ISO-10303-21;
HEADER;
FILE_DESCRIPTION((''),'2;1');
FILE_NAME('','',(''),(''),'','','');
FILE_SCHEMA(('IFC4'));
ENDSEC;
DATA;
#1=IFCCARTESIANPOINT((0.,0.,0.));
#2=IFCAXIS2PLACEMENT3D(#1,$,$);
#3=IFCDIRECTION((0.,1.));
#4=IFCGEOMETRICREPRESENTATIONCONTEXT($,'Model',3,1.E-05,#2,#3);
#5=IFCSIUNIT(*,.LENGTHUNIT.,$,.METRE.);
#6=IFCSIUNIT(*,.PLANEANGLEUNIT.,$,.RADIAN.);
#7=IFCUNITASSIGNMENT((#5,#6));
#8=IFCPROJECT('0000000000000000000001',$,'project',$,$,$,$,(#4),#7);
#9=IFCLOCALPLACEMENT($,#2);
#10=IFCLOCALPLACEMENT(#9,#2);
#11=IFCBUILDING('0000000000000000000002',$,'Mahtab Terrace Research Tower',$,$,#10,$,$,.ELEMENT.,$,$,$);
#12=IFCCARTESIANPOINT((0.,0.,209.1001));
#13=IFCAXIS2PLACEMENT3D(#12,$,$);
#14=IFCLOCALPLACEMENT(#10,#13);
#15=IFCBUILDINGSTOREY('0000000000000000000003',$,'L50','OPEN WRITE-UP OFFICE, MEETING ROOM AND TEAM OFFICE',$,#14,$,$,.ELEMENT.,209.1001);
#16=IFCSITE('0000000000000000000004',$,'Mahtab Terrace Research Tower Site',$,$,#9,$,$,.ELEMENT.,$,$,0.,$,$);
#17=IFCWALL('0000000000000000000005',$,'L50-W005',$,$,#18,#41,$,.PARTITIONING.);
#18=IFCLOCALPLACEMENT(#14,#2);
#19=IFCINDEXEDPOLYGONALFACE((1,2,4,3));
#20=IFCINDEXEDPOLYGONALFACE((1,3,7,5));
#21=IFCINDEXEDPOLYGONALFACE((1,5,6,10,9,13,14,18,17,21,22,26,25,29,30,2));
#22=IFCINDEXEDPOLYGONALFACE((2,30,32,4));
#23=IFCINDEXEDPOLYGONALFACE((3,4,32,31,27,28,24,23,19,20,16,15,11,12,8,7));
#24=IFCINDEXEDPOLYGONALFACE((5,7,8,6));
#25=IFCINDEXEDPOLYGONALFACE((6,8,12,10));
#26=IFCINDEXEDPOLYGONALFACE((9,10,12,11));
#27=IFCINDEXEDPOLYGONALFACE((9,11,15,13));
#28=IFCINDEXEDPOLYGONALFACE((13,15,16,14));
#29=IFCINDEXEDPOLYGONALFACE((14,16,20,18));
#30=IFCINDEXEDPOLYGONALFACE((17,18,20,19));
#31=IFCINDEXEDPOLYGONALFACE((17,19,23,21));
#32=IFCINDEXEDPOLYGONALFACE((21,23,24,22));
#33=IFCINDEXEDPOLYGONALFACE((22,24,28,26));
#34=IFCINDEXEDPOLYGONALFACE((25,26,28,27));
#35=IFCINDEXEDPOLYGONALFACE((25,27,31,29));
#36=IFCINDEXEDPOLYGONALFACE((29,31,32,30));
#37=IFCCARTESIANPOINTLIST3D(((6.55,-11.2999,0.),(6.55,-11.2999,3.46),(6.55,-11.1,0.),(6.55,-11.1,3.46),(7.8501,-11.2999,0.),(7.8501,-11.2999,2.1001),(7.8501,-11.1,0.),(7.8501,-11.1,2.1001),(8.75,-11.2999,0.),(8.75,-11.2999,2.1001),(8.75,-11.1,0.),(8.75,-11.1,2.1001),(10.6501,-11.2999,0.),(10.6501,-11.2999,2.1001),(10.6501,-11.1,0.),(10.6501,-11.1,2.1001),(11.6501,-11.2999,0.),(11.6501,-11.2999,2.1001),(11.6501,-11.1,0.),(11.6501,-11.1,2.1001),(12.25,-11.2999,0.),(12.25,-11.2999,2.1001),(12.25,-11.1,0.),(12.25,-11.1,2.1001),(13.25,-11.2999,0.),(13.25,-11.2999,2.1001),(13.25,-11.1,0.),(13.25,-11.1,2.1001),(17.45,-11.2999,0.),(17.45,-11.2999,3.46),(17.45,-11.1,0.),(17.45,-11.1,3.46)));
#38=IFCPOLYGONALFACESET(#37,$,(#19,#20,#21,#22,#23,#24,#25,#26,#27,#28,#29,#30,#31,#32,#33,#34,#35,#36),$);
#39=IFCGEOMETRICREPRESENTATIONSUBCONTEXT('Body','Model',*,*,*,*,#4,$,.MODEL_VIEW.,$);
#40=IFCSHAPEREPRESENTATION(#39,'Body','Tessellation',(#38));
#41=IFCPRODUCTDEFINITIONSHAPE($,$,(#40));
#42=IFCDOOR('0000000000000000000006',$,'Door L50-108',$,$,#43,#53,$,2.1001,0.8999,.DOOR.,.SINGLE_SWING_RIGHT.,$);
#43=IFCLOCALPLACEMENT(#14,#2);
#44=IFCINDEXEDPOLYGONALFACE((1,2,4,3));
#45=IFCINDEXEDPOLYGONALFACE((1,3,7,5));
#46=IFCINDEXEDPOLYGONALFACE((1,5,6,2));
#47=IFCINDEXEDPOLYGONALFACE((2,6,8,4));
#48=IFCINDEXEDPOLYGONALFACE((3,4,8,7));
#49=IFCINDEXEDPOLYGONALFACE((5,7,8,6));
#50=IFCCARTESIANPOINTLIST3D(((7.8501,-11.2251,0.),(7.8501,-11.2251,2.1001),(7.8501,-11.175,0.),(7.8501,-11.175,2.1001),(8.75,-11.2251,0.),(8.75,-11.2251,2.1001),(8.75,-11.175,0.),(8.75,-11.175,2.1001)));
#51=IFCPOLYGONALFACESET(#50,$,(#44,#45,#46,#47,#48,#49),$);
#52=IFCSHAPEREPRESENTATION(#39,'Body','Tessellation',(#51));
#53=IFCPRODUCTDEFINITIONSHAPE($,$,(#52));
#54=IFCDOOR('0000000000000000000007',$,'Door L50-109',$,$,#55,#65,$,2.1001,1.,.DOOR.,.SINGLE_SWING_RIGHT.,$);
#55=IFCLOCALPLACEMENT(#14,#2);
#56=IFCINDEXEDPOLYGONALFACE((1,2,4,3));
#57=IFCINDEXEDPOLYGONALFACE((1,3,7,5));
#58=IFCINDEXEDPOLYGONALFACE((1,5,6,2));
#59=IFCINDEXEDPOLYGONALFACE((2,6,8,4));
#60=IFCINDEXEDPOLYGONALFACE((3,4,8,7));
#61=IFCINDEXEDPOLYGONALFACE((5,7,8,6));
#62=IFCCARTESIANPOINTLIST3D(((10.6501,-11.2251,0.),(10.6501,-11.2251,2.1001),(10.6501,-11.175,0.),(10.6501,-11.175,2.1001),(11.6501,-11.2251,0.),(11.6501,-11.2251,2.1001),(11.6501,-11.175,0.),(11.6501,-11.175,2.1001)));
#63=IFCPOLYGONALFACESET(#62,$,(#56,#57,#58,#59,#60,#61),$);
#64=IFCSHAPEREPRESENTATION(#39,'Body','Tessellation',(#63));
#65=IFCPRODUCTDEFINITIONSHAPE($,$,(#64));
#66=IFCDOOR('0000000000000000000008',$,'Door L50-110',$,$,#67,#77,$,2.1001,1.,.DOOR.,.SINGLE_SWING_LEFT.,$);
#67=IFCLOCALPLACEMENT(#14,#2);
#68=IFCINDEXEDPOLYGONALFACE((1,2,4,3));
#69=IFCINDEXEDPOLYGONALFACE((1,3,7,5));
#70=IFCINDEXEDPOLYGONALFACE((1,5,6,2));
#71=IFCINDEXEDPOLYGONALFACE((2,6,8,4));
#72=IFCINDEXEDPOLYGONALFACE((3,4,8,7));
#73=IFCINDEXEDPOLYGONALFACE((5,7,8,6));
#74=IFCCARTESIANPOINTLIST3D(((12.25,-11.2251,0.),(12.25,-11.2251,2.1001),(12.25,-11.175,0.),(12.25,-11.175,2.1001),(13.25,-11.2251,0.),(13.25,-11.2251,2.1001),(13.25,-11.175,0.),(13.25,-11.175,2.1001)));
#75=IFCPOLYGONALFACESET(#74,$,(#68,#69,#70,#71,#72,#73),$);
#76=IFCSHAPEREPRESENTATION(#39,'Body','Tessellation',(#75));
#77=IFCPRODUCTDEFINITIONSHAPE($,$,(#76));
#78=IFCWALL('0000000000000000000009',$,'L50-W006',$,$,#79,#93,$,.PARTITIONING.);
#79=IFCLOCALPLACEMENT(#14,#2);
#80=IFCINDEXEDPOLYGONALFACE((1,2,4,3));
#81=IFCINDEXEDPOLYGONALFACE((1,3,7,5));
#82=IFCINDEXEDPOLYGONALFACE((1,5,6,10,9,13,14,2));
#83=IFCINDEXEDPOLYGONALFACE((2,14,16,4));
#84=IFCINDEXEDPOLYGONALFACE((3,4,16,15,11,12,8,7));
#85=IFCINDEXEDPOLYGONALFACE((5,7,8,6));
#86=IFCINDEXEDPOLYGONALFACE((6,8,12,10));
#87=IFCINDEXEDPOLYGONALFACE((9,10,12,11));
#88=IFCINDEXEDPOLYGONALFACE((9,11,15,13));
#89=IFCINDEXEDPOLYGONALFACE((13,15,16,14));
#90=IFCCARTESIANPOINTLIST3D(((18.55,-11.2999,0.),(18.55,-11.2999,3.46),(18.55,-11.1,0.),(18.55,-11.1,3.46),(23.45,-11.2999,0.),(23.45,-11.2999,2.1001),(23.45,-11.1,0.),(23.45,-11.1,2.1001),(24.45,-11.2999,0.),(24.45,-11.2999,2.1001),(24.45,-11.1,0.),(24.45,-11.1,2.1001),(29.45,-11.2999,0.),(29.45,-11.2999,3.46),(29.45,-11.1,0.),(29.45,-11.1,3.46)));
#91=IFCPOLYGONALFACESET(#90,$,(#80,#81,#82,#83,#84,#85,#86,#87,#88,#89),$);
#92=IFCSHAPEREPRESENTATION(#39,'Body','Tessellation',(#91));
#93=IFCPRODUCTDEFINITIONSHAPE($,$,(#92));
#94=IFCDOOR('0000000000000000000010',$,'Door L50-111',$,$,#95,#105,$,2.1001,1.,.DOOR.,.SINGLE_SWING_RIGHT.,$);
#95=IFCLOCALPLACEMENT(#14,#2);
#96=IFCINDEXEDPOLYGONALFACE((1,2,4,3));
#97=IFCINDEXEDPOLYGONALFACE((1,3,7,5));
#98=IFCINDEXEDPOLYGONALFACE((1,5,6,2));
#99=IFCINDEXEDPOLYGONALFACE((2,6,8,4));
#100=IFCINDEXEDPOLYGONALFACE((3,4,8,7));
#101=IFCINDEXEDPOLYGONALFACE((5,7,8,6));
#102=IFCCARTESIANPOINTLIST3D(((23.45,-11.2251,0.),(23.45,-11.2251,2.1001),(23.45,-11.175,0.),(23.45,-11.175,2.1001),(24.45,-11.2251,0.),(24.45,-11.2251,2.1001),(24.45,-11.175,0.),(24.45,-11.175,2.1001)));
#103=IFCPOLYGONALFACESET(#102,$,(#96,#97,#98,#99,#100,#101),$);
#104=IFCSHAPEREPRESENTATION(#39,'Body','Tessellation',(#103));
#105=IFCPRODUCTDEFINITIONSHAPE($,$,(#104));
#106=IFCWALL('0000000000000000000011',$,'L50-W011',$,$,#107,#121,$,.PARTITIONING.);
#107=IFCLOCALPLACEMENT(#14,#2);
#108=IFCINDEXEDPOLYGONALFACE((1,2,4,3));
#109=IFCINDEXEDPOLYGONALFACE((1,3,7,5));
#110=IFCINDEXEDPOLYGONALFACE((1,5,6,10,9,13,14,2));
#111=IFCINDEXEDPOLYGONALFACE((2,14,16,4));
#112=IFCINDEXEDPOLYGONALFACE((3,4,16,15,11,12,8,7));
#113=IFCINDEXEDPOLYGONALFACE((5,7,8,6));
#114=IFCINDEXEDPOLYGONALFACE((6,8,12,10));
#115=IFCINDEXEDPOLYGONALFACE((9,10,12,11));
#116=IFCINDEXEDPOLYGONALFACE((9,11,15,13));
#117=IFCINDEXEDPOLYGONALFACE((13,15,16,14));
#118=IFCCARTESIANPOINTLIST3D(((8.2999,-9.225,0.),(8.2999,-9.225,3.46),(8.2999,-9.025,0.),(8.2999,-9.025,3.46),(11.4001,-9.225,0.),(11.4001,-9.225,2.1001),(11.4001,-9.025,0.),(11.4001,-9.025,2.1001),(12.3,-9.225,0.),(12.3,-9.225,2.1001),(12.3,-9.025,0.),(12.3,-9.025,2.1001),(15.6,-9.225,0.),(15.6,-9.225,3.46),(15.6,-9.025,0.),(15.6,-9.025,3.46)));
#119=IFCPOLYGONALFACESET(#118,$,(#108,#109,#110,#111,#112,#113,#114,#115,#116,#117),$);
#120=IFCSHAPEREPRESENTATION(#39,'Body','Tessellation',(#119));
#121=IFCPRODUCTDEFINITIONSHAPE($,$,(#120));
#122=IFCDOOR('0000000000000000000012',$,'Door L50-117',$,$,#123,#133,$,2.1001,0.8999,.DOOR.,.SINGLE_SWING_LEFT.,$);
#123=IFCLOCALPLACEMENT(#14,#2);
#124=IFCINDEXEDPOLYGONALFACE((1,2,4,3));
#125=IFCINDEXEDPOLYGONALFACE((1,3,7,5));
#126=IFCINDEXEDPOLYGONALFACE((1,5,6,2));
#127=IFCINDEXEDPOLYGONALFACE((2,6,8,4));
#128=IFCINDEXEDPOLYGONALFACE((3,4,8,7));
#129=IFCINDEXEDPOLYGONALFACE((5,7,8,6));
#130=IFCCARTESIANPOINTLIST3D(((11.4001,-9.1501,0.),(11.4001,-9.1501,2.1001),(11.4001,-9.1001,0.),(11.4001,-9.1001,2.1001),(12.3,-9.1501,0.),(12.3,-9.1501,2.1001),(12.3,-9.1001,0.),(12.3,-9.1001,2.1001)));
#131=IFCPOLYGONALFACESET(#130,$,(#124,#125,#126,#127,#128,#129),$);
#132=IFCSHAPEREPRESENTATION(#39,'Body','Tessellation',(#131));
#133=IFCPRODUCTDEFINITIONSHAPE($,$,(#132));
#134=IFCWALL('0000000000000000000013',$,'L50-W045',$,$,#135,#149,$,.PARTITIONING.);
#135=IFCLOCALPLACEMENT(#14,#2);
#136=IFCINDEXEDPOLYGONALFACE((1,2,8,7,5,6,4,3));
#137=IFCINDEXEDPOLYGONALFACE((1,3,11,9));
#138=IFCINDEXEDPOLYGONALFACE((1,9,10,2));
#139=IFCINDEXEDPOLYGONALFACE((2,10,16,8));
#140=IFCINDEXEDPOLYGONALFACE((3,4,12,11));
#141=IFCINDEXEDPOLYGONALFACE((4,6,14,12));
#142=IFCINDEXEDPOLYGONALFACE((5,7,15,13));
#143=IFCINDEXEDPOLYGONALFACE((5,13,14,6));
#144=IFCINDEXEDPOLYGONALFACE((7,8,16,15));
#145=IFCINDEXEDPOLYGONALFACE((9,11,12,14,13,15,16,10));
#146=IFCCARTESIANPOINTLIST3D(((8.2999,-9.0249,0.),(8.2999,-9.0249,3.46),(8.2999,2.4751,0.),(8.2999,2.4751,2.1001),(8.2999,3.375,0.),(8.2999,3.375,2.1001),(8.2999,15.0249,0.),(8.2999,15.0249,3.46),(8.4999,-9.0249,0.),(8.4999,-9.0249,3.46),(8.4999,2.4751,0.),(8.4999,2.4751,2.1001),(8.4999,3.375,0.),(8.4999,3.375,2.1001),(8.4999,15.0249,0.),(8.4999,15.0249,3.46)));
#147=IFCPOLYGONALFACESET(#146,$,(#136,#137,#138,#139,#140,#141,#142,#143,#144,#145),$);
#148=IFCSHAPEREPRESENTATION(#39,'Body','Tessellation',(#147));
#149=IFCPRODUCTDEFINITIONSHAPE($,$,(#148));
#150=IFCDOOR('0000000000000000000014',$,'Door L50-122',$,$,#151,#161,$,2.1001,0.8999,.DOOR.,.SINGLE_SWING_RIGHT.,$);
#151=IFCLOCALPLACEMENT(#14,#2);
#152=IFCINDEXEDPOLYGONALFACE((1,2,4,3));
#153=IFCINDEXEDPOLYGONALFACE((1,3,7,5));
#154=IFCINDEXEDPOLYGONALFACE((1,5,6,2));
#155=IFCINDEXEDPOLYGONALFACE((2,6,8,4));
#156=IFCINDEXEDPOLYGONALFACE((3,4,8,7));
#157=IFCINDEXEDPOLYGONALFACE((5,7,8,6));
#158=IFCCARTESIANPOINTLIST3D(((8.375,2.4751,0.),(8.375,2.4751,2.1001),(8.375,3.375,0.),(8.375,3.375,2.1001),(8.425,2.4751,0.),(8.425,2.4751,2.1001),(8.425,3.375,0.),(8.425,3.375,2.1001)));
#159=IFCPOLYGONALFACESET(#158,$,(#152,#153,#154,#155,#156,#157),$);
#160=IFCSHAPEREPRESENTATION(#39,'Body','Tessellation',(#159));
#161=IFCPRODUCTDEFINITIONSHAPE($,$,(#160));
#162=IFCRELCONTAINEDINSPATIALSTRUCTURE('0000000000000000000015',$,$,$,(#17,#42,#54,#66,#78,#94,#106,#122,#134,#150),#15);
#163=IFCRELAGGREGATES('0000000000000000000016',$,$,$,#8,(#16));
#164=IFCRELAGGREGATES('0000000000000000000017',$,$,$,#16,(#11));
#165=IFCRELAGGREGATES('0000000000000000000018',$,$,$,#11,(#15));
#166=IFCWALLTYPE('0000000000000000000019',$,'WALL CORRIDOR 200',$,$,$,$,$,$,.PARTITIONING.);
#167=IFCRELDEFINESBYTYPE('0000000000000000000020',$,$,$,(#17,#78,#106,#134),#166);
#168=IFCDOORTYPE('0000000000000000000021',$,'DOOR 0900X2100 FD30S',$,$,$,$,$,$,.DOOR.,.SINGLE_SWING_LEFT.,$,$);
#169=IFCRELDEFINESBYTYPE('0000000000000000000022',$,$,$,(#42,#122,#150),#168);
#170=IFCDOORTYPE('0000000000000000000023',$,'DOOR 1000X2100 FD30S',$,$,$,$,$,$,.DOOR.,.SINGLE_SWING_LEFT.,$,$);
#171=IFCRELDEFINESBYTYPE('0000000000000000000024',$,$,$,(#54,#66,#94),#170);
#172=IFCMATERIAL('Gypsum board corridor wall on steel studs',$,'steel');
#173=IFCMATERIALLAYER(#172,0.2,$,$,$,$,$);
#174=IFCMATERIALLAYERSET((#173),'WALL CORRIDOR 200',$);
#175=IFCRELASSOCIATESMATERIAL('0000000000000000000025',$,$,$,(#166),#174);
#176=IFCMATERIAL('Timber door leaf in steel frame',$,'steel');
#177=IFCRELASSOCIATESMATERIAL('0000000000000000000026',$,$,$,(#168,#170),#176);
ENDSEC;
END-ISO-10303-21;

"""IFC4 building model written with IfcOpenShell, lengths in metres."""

from ifc_helpers import new_model, si_unit, direction, frame, frame_2d, origin, place, context, subcontext, project, spatial, rectangle, extrude, material, layer, layer_set, type_object, element, fill, save


model = new_model("IFC4")

# Units and contexts
model_context = context("Model", 3, precision=1e-05, world=origin(), true_north=direction((0.0, 1.0)))
body_context = subcontext(model_context, "Body", "Model", "MODEL_VIEW")
ifc_project = project(units=[si_unit("LENGTHUNIT", "METRE"), si_unit("PLANEANGLEUNIT", "RADIAN")], contexts=[model_context])

# Site, building, storey
site_placement = place(None, origin())
site = spatial("IfcSite", under=ifc_project, at=site_placement, Name="Mahtab Terrace Research Tower Site", CompositionType="ELEMENT", RefElevation=0.0)
building_placement = place(site_placement, origin())
building = spatial("IfcBuilding", under=site, at=building_placement, Name="Mahtab Terrace Research Tower", CompositionType="ELEMENT")
storey_placement = place(building_placement, frame((0.0, 0.0, 209.1001)))
storey = spatial("IfcBuildingStorey", under=building, at=storey_placement, Name="L50", Description="OPEN WRITE-UP OFFICE, MEETING ROOM AND TEAM OFFICE", CompositionType="ELEMENT", Elevation=209.1001)

# Wall, openings, doors
ifc_material_1 = material(Name="Gypsum board corridor wall on steel studs", Category="steel")
ifc_layer_1 = layer(ifc_material_1, 0.2)
ifc_layer_set_1 = layer_set([ifc_layer_1], Name="WALL CORRIDOR 200")
wall_type_1 = type_object("IfcWallType", Name="WALL CORRIDOR 200", PredefinedType="PARTITIONING", material=ifc_layer_set_1)
wall_1_placement = place(storey_placement, frame((6.55, -11.2, 0.0), z_axis=(0.0, 0.0, 1.0), x_axis=(1.0, 0.0, 0.0)))
wall_1 = element("IfcWall", 1, at=wall_1_placement, inside=storey, type_object=wall_type_1, Name="L50-W005", PredefinedType="PARTITIONING", context=body_context, shape_type="SweptSolid", body=[
    extrude(rectangle(XDim=10.8999, YDim=0.2, at=frame_2d((5.45, 0.0))), origin(), (0.0, 0.0, 1.0), 3.46),
])
opening_1_placement = place(wall_1_placement, frame((1.3, 0.0, 0.0)))
opening_1 = element("IfcOpeningElement", 2, at=opening_1_placement, cuts=wall_1, PredefinedType="OPENING", context=body_context, shape_type="SweptSolid", body=[
    extrude(rectangle(XDim=0.8999, YDim=2.1001, at=frame_2d((0.45, 1.05))), frame((0.0, 0.1099, 0.0), z_axis=(0.0, -1.0, 0.0), x_axis=(1.0, 0.0, 0.0)), (0.0, 0.0, 1.0), 0.22),
])
opening_2_placement = place(wall_1_placement, frame((4.1001, 0.0, 0.0)))
opening_2 = element("IfcOpeningElement", 3, at=opening_2_placement, cuts=wall_1, PredefinedType="OPENING", context=body_context, shape_type="SweptSolid", body=[
    extrude(rectangle(XDim=1.0, YDim=2.1001, at=frame_2d((0.5, 1.05))), frame((0.0, 0.1099, 0.0), z_axis=(0.0, -1.0, 0.0), x_axis=(1.0, 0.0, 0.0)), (0.0, 0.0, 1.0), 0.22),
])
opening_3_placement = place(wall_1_placement, frame((5.7, 0.0, 0.0)))
opening_3 = element("IfcOpeningElement", 4, at=opening_3_placement, cuts=wall_1, PredefinedType="OPENING", context=body_context, shape_type="SweptSolid", body=[
    extrude(rectangle(XDim=1.0, YDim=2.1001, at=frame_2d((0.5, 1.05))), frame((0.0, 0.1099, 0.0), z_axis=(0.0, -1.0, 0.0), x_axis=(1.0, 0.0, 0.0)), (0.0, 0.0, 1.0), 0.22),
])
ifc_material_2 = material(Name="Timber door leaf in steel frame", Category="steel")
door_type_1 = type_object("IfcDoorType", Name="DOOR 0900X2100 FD30S", OperationType="SINGLE_SWING_LEFT", PredefinedType="DOOR", material=ifc_material_2)
door_1_placement = place(opening_1_placement, origin())
door_1 = element("IfcDoor", 5, at=door_1_placement, inside=storey, type_object=door_type_1, Name="Door L50-108", OperationType="SINGLE_SWING_RIGHT", OverallHeight=2.1001, OverallWidth=0.8999, PredefinedType="DOOR", context=body_context, shape_type="SweptSolid", body=[
    extrude(rectangle(XDim=0.8999, YDim=2.1001, at=frame_2d((0.45, 1.05))), frame((0.0, 0.0249, 0.0), z_axis=(0.0, -1.0, 0.0), x_axis=(1.0, 0.0, 0.0)), (0.0, 0.0, 1.0), 0.05),
])
fill(opening_1, door_1)
door_type_2 = type_object("IfcDoorType", Name="DOOR 1000X2100 FD30S", OperationType="SINGLE_SWING_LEFT", PredefinedType="DOOR", material=ifc_material_2)
door_2_placement = place(opening_2_placement, origin())
door_2 = element("IfcDoor", 6, at=door_2_placement, inside=storey, type_object=door_type_2, Name="Door L50-109", OperationType="SINGLE_SWING_RIGHT", OverallHeight=2.1001, OverallWidth=1.0, PredefinedType="DOOR", context=body_context, shape_type="SweptSolid", body=[
    extrude(rectangle(XDim=1.0, YDim=2.1001, at=frame_2d((0.5, 1.05))), frame((0.0, 0.0249, 0.0), z_axis=(0.0, -1.0, 0.0), x_axis=(1.0, 0.0, 0.0)), (0.0, 0.0, 1.0), 0.05),
])
fill(opening_2, door_2)
door_3_placement = place(opening_3_placement, origin())
door_3 = element("IfcDoor", 7, at=door_3_placement, inside=storey, type_object=door_type_2, Name="Door L50-110", OperationType="SINGLE_SWING_LEFT", OverallHeight=2.1001, OverallWidth=1.0, PredefinedType="DOOR", context=body_context, shape_type="SweptSolid", body=[
    extrude(rectangle(XDim=1.0, YDim=2.1001, at=frame_2d((0.5, 1.05))), frame((0.0, 0.0249, 0.0), z_axis=(0.0, -1.0, 0.0), x_axis=(1.0, 0.0, 0.0)), (0.0, 0.0, 1.0), 0.05),
])
fill(opening_3, door_3)

# Walls, openings, doors
wall_2_placement = place(storey_placement, frame((18.55, -11.2, 0.0), z_axis=(0.0, 0.0, 1.0), x_axis=(1.0, 0.0, 0.0)))
wall_2 = element("IfcWall", 8, at=wall_2_placement, inside=storey, type_object=wall_type_1, Name="L50-W006", PredefinedType="PARTITIONING", context=body_context, shape_type="SweptSolid", body=[
    extrude(rectangle(XDim=10.8999, YDim=0.2, at=frame_2d((5.45, 0.0))), origin(), (0.0, 0.0, 1.0), 3.46),
])
opening_4_placement = place(wall_2_placement, frame((4.8999, 0.0, 0.0)))
opening_4 = element("IfcOpeningElement", 9, at=opening_4_placement, cuts=wall_2, PredefinedType="OPENING", context=body_context, shape_type="SweptSolid", body=[
    extrude(rectangle(XDim=1.0, YDim=2.1001, at=frame_2d((0.5, 1.05))), frame((0.0, 0.1099, 0.0), z_axis=(0.0, -1.0, 0.0), x_axis=(1.0, 0.0, 0.0)), (0.0, 0.0, 1.0), 0.22),
])
door_4_placement = place(opening_4_placement, origin())
door_4 = element("IfcDoor", 10, at=door_4_placement, inside=storey, type_object=door_type_2, Name="Door L50-111", OperationType="SINGLE_SWING_RIGHT", OverallHeight=2.1001, OverallWidth=1.0, PredefinedType="DOOR", context=body_context, shape_type="SweptSolid", body=[
    extrude(rectangle(XDim=1.0, YDim=2.1001, at=frame_2d((0.5, 1.05))), frame((0.0, 0.0249, 0.0), z_axis=(0.0, -1.0, 0.0), x_axis=(1.0, 0.0, 0.0)), (0.0, 0.0, 1.0), 0.05),
])
fill(opening_4, door_4)
wall_3_placement = place(storey_placement, frame((8.3, -9.125, 0.0), z_axis=(0.0, 0.0, 1.0), x_axis=(1.0, 0.0, 0.0)))
wall_3 = element("IfcWall", 11, at=wall_3_placement, inside=storey, type_object=wall_type_1, Name="L50-W011", PredefinedType="PARTITIONING", context=body_context, shape_type="SweptSolid", body=[
    extrude(rectangle(XDim=7.3, YDim=0.2, at=frame_2d((3.6499, 0.0))), origin(), (0.0, 0.0, 1.0), 3.46),
])
opening_5_placement = place(wall_3_placement, frame((3.1001, 0.0, 0.0)))
opening_5 = element("IfcOpeningElement", 12, at=opening_5_placement, cuts=wall_3, PredefinedType="OPENING", context=body_context, shape_type="SweptSolid", body=[
    extrude(rectangle(XDim=0.8999, YDim=2.1001, at=frame_2d((0.45, 1.05))), frame((0.0, 0.1099, 0.0), z_axis=(0.0, -1.0, 0.0), x_axis=(1.0, 0.0, 0.0)), (0.0, 0.0, 1.0), 0.22),
])
door_5_placement = place(opening_5_placement, origin())
door_5 = element("IfcDoor", 13, at=door_5_placement, inside=storey, type_object=door_type_1, Name="Door L50-117", OperationType="SINGLE_SWING_LEFT", OverallHeight=2.1001, OverallWidth=0.8999, PredefinedType="DOOR", context=body_context, shape_type="SweptSolid", body=[
    extrude(rectangle(XDim=0.8999, YDim=2.1001, at=frame_2d((0.45, 1.05))), frame((0.0, 0.0249, 0.0), z_axis=(0.0, -1.0, 0.0), x_axis=(1.0, 0.0, 0.0)), (0.0, 0.0, 1.0), 0.05),
])
fill(opening_5, door_5)
wall_4_placement = place(storey_placement, frame((8.3999, -9.0249, 0.0), z_axis=(0.0, 0.0, 1.0), x_axis=(0.0, 1.0, 0.0)))
wall_4 = element("IfcWall", 14, at=wall_4_placement, inside=storey, type_object=wall_type_1, Name="L50-W045", PredefinedType="PARTITIONING", context=body_context, shape_type="SweptSolid", body=[
    extrude(rectangle(XDim=24.0498, YDim=0.2, at=frame_2d((12.0249, 0.0))), origin(), (0.0, 0.0, 1.0), 3.46),
])
opening_6_placement = place(wall_4_placement, frame((11.5, 0.0, 0.0)))
opening_6 = element("IfcOpeningElement", 15, at=opening_6_placement, cuts=wall_4, PredefinedType="OPENING", context=body_context, shape_type="SweptSolid", body=[
    extrude(rectangle(XDim=0.8999, YDim=2.1001, at=frame_2d((0.45, 1.05))), frame((0.0, 0.1099, 0.0), z_axis=(0.0, -1.0, 0.0), x_axis=(1.0, 0.0, 0.0)), (0.0, 0.0, 1.0), 0.22),
])
door_6_placement = place(opening_6_placement, origin())
door_6 = element("IfcDoor", 16, at=door_6_placement, inside=storey, type_object=door_type_1, Name="Door L50-122", OperationType="SINGLE_SWING_RIGHT", OverallHeight=2.1001, OverallWidth=0.8999, PredefinedType="DOOR", context=body_context, shape_type="SweptSolid", body=[
    extrude(rectangle(XDim=0.8999, YDim=2.1001, at=frame_2d((0.45, 1.05))), frame((0.0, 0.0249, 0.0), z_axis=(0.0, -1.0, 0.0), x_axis=(1.0, 0.0, 0.0)), (0.0, 0.0, 1.0), 0.05),
])
fill(opening_6, door_6)

save(model, "model.ifc")
